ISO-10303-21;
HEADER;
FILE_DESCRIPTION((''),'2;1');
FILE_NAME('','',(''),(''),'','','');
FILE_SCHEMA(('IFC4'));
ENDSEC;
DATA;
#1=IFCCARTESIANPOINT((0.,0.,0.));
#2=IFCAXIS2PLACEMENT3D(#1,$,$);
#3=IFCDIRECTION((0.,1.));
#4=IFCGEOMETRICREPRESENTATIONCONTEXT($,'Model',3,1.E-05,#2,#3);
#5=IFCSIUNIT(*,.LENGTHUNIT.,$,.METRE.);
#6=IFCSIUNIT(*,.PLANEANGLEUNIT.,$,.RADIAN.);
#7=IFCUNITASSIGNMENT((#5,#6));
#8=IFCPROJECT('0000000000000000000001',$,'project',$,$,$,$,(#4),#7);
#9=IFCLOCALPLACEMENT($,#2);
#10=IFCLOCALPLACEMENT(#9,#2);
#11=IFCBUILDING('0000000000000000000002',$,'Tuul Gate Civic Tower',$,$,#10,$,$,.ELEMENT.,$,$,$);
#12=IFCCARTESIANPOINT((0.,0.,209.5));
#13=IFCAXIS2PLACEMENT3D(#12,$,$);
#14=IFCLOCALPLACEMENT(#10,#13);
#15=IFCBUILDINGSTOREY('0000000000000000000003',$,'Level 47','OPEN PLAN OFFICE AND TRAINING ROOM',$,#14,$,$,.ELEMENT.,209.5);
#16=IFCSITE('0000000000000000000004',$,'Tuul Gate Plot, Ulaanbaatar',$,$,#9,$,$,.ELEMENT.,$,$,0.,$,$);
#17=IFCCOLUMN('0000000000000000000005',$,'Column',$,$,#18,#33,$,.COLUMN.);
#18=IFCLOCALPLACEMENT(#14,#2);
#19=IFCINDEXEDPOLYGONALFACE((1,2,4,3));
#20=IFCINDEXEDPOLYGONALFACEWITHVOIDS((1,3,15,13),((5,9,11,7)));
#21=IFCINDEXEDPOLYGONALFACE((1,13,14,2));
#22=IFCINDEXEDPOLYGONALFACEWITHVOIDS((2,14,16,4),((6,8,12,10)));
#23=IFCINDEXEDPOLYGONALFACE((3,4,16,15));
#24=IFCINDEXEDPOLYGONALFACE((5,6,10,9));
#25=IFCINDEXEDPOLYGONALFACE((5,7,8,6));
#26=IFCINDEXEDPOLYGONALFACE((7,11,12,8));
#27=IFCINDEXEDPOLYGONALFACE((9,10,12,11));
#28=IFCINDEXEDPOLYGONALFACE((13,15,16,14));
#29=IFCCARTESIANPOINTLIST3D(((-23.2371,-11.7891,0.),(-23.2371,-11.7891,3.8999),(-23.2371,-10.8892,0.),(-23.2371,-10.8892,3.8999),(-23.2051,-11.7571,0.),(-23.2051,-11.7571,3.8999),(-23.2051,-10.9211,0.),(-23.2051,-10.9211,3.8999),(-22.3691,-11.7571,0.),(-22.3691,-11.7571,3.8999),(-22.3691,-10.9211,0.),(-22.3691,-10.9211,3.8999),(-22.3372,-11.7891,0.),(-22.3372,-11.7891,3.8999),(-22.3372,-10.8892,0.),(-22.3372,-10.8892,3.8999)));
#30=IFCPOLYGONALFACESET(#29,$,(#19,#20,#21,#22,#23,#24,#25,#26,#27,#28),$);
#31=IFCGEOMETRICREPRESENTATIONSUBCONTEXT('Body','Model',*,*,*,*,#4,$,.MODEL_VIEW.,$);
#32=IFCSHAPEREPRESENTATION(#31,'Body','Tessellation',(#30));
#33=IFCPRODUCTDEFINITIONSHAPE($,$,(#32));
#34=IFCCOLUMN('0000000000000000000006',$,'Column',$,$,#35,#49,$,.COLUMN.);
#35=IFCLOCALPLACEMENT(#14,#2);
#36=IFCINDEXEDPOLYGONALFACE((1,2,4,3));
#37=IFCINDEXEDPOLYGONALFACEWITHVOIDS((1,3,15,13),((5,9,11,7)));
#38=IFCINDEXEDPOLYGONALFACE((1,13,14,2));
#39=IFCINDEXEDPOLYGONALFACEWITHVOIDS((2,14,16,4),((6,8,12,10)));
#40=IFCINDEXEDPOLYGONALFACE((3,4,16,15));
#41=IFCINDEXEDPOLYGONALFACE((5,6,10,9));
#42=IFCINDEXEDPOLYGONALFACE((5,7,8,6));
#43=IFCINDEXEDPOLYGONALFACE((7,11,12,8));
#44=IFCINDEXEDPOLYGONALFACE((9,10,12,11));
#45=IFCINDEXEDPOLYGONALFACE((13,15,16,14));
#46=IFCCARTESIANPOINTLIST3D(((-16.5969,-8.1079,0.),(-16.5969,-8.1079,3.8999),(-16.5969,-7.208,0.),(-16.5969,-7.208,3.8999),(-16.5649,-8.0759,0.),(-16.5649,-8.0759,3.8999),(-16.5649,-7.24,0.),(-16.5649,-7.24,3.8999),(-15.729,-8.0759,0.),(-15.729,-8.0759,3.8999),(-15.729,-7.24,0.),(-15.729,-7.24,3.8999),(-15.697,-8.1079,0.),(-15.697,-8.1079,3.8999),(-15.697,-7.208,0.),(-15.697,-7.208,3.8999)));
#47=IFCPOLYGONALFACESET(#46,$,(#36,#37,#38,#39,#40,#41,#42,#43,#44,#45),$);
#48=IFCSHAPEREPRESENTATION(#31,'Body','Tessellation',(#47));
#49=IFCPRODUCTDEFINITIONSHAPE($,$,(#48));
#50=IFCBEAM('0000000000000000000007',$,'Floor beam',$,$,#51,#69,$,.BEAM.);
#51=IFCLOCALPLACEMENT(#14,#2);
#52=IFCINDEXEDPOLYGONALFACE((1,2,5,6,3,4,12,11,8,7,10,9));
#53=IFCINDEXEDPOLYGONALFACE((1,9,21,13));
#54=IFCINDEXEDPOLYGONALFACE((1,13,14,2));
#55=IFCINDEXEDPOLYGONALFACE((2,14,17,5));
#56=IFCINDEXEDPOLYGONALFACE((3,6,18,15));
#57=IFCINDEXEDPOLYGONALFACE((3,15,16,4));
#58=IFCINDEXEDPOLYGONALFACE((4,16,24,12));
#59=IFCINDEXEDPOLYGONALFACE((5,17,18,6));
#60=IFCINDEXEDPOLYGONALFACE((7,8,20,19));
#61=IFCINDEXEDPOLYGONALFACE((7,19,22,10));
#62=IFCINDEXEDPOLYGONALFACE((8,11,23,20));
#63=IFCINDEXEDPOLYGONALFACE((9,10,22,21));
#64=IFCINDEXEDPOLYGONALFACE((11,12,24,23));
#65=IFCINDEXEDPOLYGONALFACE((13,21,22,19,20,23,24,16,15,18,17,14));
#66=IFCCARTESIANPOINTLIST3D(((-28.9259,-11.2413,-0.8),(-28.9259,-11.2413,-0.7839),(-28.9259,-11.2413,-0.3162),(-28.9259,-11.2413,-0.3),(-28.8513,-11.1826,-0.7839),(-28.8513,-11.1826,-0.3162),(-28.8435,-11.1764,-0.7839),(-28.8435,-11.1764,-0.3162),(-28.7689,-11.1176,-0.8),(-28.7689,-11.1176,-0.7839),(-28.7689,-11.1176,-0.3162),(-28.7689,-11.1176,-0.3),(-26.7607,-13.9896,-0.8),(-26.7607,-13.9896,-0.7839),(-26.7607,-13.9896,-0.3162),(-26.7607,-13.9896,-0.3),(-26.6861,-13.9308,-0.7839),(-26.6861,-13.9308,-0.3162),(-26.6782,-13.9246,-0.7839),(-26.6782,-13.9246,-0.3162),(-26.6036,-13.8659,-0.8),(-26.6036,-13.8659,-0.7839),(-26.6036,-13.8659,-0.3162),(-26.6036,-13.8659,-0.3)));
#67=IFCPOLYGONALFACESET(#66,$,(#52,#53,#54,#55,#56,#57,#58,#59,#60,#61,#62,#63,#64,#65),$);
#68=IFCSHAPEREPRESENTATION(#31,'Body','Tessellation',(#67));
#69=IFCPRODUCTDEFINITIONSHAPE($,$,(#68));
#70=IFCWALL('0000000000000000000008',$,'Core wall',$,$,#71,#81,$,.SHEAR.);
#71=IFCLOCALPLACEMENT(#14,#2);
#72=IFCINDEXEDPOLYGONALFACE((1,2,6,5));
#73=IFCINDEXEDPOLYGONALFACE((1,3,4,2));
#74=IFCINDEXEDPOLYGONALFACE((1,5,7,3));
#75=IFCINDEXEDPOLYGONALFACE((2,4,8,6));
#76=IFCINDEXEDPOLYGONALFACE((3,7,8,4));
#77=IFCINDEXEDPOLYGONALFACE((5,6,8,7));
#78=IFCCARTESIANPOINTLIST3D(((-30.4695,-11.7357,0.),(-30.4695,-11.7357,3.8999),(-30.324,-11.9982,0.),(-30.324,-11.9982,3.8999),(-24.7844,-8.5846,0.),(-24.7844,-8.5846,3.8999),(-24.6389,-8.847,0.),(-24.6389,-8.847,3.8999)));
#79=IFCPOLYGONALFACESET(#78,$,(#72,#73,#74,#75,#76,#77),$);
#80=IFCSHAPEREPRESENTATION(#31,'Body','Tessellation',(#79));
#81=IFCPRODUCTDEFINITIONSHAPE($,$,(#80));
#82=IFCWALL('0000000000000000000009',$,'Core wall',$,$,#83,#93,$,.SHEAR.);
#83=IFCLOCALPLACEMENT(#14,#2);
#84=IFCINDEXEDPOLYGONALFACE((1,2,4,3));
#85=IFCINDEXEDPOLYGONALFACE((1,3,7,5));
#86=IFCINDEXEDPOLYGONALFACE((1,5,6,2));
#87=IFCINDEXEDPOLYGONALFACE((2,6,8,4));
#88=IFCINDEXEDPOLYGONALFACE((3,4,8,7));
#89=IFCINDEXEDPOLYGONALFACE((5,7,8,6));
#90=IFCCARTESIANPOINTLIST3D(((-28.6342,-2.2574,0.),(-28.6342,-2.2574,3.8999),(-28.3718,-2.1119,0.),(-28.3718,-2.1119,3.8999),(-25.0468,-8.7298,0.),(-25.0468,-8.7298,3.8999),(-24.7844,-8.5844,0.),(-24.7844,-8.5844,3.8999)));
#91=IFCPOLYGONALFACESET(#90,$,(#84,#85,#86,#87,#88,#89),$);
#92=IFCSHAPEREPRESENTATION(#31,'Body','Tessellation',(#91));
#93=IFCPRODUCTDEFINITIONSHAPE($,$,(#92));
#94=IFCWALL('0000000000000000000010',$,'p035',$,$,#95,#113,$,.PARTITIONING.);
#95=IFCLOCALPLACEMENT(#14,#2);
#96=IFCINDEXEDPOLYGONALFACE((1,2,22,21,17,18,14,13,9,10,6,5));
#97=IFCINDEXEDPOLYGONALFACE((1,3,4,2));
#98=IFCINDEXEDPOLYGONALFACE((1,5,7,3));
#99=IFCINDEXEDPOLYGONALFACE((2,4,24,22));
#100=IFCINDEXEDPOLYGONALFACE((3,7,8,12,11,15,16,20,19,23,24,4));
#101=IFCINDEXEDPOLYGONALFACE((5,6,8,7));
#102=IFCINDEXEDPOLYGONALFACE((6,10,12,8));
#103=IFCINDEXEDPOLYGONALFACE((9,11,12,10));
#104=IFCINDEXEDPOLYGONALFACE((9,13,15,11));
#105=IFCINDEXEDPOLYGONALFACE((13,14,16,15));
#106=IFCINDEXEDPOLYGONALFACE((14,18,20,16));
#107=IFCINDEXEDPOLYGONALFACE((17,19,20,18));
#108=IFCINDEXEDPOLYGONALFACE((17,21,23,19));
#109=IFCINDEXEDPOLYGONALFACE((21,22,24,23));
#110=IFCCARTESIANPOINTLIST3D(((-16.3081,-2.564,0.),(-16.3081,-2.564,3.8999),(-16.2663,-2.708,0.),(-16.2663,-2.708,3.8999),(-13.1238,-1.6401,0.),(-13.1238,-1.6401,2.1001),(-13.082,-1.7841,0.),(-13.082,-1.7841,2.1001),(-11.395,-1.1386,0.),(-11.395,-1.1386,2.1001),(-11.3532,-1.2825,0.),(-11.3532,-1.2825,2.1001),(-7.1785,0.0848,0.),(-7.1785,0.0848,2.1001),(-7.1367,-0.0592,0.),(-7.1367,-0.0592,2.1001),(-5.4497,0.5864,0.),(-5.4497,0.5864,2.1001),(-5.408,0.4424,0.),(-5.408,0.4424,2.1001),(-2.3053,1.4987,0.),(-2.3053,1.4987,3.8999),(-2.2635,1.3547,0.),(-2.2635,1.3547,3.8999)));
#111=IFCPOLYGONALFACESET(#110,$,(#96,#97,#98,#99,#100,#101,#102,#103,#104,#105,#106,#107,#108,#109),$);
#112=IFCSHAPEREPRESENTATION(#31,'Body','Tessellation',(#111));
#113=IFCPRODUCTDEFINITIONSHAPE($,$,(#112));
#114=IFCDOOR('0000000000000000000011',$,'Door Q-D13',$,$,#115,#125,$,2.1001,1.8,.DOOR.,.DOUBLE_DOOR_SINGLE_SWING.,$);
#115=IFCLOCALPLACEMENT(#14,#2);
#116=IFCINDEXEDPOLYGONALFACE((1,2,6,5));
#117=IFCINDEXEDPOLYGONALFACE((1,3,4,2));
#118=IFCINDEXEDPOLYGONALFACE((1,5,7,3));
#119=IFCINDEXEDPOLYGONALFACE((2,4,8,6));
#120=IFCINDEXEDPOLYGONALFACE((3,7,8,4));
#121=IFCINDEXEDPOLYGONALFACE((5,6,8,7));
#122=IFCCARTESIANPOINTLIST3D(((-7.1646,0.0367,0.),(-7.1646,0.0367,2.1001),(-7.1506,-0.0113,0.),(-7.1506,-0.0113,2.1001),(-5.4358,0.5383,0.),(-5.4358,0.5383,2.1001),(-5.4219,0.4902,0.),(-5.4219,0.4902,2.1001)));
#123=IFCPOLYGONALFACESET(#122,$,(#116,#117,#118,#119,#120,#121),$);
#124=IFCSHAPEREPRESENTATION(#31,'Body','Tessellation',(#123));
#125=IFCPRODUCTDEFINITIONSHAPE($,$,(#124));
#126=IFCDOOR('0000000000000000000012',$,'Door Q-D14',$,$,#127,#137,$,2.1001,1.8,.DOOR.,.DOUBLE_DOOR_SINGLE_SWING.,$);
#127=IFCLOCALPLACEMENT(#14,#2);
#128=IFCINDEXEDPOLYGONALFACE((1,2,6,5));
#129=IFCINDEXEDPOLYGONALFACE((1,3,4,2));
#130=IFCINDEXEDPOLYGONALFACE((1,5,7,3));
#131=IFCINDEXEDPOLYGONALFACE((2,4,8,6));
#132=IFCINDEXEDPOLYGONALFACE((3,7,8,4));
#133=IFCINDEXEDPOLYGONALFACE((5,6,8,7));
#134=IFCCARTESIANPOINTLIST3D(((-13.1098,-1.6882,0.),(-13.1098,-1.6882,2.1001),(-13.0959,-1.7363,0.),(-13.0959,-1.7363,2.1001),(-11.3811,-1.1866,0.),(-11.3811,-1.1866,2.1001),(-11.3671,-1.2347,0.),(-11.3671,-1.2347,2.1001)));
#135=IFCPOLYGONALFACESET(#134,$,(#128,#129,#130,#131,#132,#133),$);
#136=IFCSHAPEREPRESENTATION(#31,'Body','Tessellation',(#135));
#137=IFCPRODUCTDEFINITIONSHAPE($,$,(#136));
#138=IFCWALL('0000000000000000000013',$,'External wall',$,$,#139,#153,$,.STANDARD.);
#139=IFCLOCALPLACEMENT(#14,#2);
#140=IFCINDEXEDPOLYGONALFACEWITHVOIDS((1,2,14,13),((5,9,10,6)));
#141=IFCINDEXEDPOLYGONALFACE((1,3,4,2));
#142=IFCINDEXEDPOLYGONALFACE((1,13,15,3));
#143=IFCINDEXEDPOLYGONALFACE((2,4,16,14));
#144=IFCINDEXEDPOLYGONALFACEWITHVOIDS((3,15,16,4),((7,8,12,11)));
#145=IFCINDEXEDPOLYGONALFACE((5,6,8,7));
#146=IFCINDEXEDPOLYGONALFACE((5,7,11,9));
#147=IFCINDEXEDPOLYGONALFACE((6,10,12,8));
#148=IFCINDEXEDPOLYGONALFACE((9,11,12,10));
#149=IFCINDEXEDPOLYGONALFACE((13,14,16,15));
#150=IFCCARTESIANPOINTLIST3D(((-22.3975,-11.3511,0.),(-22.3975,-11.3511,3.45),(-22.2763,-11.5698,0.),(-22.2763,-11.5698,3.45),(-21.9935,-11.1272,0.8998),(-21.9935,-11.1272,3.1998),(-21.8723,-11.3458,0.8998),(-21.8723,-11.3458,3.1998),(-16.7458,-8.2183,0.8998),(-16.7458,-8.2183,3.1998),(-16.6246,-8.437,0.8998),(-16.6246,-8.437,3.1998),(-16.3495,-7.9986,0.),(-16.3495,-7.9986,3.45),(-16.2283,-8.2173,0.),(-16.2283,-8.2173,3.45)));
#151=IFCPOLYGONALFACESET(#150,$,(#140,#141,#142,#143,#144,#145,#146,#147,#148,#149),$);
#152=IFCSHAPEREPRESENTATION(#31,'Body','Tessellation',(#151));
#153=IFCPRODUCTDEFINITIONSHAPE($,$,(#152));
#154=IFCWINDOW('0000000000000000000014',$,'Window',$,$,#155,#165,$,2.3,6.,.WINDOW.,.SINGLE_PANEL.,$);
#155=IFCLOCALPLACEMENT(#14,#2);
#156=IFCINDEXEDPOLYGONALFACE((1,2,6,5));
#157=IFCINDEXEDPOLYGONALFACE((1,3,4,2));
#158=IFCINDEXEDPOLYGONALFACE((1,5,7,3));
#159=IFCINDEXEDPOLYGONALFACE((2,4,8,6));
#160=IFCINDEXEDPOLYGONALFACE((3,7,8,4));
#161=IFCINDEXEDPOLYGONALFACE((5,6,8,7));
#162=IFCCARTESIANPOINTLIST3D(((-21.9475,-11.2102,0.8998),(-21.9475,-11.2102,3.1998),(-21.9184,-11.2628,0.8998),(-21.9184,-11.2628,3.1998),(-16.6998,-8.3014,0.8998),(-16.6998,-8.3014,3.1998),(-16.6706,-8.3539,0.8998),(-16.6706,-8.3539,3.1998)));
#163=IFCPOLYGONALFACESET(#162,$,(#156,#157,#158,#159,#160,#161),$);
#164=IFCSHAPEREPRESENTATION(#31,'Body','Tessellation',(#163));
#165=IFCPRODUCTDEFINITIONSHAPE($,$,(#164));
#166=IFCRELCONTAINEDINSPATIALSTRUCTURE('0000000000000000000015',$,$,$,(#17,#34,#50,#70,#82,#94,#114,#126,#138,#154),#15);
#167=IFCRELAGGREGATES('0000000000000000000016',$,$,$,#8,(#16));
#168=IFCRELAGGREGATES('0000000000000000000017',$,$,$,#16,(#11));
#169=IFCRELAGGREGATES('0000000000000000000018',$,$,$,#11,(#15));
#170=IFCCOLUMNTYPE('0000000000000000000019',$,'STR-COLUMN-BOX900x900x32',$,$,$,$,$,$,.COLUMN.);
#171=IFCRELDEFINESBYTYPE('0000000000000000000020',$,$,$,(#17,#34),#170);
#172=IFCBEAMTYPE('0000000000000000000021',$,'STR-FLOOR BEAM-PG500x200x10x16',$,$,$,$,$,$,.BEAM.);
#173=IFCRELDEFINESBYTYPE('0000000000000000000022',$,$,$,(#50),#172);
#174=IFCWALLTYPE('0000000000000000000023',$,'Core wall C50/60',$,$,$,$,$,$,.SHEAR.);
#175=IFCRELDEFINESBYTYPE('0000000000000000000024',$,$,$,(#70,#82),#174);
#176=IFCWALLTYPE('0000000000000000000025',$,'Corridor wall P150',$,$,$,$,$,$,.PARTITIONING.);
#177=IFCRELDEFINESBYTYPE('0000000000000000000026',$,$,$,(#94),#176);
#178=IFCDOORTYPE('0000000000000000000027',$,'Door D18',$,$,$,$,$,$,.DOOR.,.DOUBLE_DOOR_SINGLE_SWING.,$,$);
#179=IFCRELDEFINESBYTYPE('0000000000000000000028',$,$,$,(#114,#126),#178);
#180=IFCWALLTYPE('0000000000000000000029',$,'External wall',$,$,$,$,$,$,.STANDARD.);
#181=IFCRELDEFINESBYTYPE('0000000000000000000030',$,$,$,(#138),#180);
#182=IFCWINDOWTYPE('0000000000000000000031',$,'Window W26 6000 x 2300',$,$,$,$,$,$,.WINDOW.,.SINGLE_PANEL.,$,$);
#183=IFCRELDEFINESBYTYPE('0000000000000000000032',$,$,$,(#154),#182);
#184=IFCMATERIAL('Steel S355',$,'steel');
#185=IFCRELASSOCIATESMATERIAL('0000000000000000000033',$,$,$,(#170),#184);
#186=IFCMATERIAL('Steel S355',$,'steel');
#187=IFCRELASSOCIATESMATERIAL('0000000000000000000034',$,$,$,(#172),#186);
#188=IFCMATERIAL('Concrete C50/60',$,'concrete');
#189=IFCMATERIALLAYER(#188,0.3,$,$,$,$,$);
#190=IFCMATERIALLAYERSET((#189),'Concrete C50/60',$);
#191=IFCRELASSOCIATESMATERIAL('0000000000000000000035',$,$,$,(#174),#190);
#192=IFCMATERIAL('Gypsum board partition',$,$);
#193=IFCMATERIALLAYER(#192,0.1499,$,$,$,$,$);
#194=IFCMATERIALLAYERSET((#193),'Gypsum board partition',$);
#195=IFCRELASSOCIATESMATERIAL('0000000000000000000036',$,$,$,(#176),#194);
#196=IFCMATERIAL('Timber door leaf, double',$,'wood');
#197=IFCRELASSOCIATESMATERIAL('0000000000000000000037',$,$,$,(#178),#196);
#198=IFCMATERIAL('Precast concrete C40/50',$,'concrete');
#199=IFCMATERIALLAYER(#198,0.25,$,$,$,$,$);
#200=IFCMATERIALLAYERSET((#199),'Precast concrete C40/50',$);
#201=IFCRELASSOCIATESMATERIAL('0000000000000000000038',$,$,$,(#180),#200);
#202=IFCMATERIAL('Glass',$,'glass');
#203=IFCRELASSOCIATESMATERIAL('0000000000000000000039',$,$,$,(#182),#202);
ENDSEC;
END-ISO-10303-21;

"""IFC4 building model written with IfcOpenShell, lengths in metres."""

from ifc_helpers import new_model, si_unit, direction, frame, frame_2d, origin, origin_2d, place, context, subcontext, project, spatial, rectangle, hollow_rectangle, i_section, extrude, material, layer, layer_set, material_profile, profile_set, type_object, element, fill, save


model = new_model("IFC4")

# Units and contexts
model_context = context("Model", 3, precision=1e-05, world=origin(), true_north=direction((0.0, 1.0)))
body_context = subcontext(model_context, "Body", "Model", "MODEL_VIEW")
ifc_project = project(units=[si_unit("LENGTHUNIT", "METRE"), si_unit("PLANEANGLEUNIT", "RADIAN")], contexts=[model_context])

# Site, building, storey
site_placement = place(None, origin())
site = spatial("IfcSite", under=ifc_project, at=site_placement, Name="Tuul Gate Plot, Ulaanbaatar", CompositionType="ELEMENT", RefElevation=0.0)
building_placement = place(site_placement, origin())
building = spatial("IfcBuilding", under=site, at=building_placement, Name="Tuul Gate Civic Tower", CompositionType="ELEMENT")
storey_placement = place(building_placement, frame((0.0, 0.0, 209.5)))
storey = spatial("IfcBuildingStorey", under=building, at=storey_placement, Name="Level 47", Description="OPEN PLAN OFFICE AND TRAINING ROOM", CompositionType="ELEMENT", Elevation=209.5)

# Columns
ifc_material_1 = material(Name="Steel S355", Category="steel")
ifc_material_profile_1 = material_profile(ifc_material_1, hollow_rectangle(XDim=0.8999, YDim=0.8999, WallThickness=0.032, at=origin_2d()), Name="BOX900x900x32")
ifc_profile_set_1 = profile_set([ifc_material_profile_1], Name="Steel S355")
column_type = type_object("IfcColumnType", Name="STR-COLUMN-BOX900x900x32", PredefinedType="COLUMN", material=ifc_profile_set_1)
for number, where, z_axis, x_axis, name in (
    (1, (-22.7871, -11.3391, 0.0), (0.0, 0.0, 1.0), (1.0, 0.0, 0.0), "Column"),
    (2, (-16.147, -7.658, 0.0), (0.0, 0.0, 1.0), (1.0, 0.0, 0.0), "Column"),
):
    element("IfcColumn", number, at=place(storey_placement, frame(where, z_axis=z_axis, x_axis=x_axis)), inside=storey, type_object=column_type, Name=name, PredefinedType="COLUMN", context=body_context, shape_type="SweptSolid", body=[
        extrude(hollow_rectangle(XDim=0.8999, YDim=0.8999, WallThickness=0.032, at=origin_2d()), origin(), (0.0, 0.0, 1.0), 3.8999),
    ])

# Beam
ifc_material_2 = material(Name="Steel S355", Category="steel")
ifc_material_profile_2 = material_profile(ifc_material_2, i_section(OverallWidth=0.2, OverallDepth=0.5, WebThickness=0.01, FlangeThickness=0.0161, at=origin_2d()), Name="PG500x200x10x16")
ifc_profile_set_2 = profile_set([ifc_material_profile_2], Name="Steel S355")
beam_type = type_object("IfcBeamType", Name="STR-FLOOR BEAM-PG500x200x10x16", PredefinedType="BEAM", material=ifc_profile_set_2)
beam_placement = place(storey_placement, frame((-26.6821, -13.9277, -0.55), z_axis=(-0.618866, 0.785497, 0.0), x_axis=(-0.785497, -0.618866, 0.0)))
element("IfcBeam", 3, at=beam_placement, inside=storey, type_object=beam_type, Name="Floor beam", PredefinedType="BEAM", context=body_context, shape_type="SweptSolid", body=[
    extrude(i_section(OverallWidth=0.2, OverallDepth=0.5, WebThickness=0.01, FlangeThickness=0.0161, at=origin_2d()), origin(), (0.0, 0.0, 1.0), 3.4988),
])

# Walls
ifc_material_3 = material(Name="Concrete C50/60", Category="concrete")
ifc_layer_1 = layer(ifc_material_3, 0.3)
ifc_layer_set_1 = layer_set([ifc_layer_1], Name="Concrete C50/60")
wall_type_1 = type_object("IfcWallType", Name="Core wall C50/60", PredefinedType="SHEAR", material=ifc_layer_set_1)
wall_1_placement = place(storey_placement, frame((-24.7117, -8.7158, 0.0), z_axis=(0.0, 0.0, 1.0), x_axis=(-0.87463, -0.484791, 0.0)))
element("IfcWall", 4, at=wall_1_placement, inside=storey, type_object=wall_type_1, Name="Core wall", PredefinedType="SHEAR", context=body_context, shape_type="SweptSolid", body=[
    extrude(rectangle(XDim=6.5, YDim=0.3, at=frame_2d((3.25, 0.0))), origin(), (0.0, 0.0, 1.0), 3.8999),
])
wall_2_placement = place(storey_placement, frame((-24.9155, -8.6572, 0.0), z_axis=(0.0, 0.0, 1.0), x_axis=(-0.484777, 0.874638, 0.0)))
element("IfcWall", 5, at=wall_2_placement, inside=storey, type_object=wall_type_1, Name="Core wall", PredefinedType="SHEAR", context=body_context, shape_type="SweptSolid", body=[
    extrude(rectangle(XDim=7.4001, YDim=0.3, at=frame_2d((3.7002, 0.0))), origin(), (0.0, 0.0, 1.0), 3.8999),
])

# Wall, openings, doors
ifc_material_4 = material(Name="Gypsum board partition")
ifc_layer_2 = layer(ifc_material_4, 0.1499)
ifc_layer_set_2 = layer_set([ifc_layer_2], Name="Gypsum board partition")
wall_type_2 = type_object("IfcWallType", Name="Corridor wall P150", PredefinedType="PARTITIONING", material=ifc_layer_set_2)
wall_3_placement = place(storey_placement, frame((-16.2871, -2.636, 0.0), z_axis=(0.0, 0.0, 1.0), x_axis=(0.960394, 0.278644, 0.0)))
wall_3 = element("IfcWall", 6, at=wall_3_placement, inside=storey, type_object=wall_type_2, Name="p035", PredefinedType="PARTITIONING", context=body_context, shape_type="SweptSolid", body=[
    extrude(rectangle(XDim=14.5803, YDim=0.1499, at=frame_2d((7.29, 0.0))), origin(), (0.0, 0.0, 1.0), 3.8999),
])
opening_1_placement = place(wall_3_placement, frame((9.5061, 0.0, 0.0)))
opening_1 = element("IfcOpeningElement", 7, at=opening_1_placement, cuts=wall_3, PredefinedType="OPENING", context=body_context, shape_type="SweptSolid", body=[
    extrude(rectangle(XDim=1.8, YDim=2.1001, at=frame_2d((0.8999, 1.05))), frame((0.0, 0.085, 0.0), z_axis=(0.0, -1.0, 0.0), x_axis=(1.0, 0.0, 0.0)), (0.0, 0.0, 1.0), 0.1699),
])
opening_2_placement = place(wall_3_placement, frame((3.3157, 0.0, 0.0)))
opening_2 = element("IfcOpeningElement", 8, at=opening_2_placement, cuts=wall_3, PredefinedType="OPENING", context=body_context, shape_type="SweptSolid", body=[
    extrude(rectangle(XDim=1.8, YDim=2.1001, at=frame_2d((0.8999, 1.05))), frame((0.0, 0.085, 0.0), z_axis=(0.0, -1.0, 0.0), x_axis=(1.0, 0.0, 0.0)), (0.0, 0.0, 1.0), 0.1699),
])
ifc_material_5 = material(Name="Timber door leaf, double", Category="wood")
door_type_1 = type_object("IfcDoorType", Name="Door D18", OperationType="DOUBLE_DOOR_SINGLE_SWING", PredefinedType="DOOR", material=ifc_material_5)
door_1_placement = place(opening_1_placement, origin())
door_1 = element("IfcDoor", 9, at=door_1_placement, inside=storey, type_object=door_type_1, Name="Door Q-D13", OperationType="DOUBLE_DOOR_SINGLE_SWING", OverallHeight=2.1001, OverallWidth=1.8, PredefinedType="DOOR", context=body_context, shape_type="SweptSolid", body=[
    extrude(rectangle(XDim=1.8, YDim=2.1001, at=frame_2d((0.8999, 1.05))), frame((0.0, 0.0249, 0.0), z_axis=(0.0, -1.0, 0.0), x_axis=(1.0, 0.0, 0.0)), (0.0, 0.0, 1.0), 0.05),
])
fill(opening_1, door_1)
door_2_placement = place(opening_2_placement, origin())
door_2 = element("IfcDoor", 10, at=door_2_placement, inside=storey, type_object=door_type_1, Name="Door Q-D14", OperationType="DOUBLE_DOOR_SINGLE_SWING", OverallHeight=2.1001, OverallWidth=1.8, PredefinedType="DOOR", context=body_context, shape_type="SweptSolid", body=[
    extrude(rectangle(XDim=1.8, YDim=2.1001, at=frame_2d((0.8999, 1.05))), frame((0.0, 0.0249, 0.0), z_axis=(0.0, -1.0, 0.0), x_axis=(1.0, 0.0, 0.0)), (0.0, 0.0, 1.0), 0.05),
])
fill(opening_2, door_2)

# Wall, opening, window
ifc_material_6 = material(Name="Precast concrete C40/50", Category="concrete")
ifc_layer_3 = layer(ifc_material_6, 0.25)
ifc_layer_set_3 = layer_set([ifc_layer_3], Name="Precast concrete C40/50")
wall_type_3 = type_object("IfcWallType", Name="External wall", PredefinedType="STANDARD", material=ifc_layer_set_3)
wall_4_placement = place(storey_placement, frame((-22.3369, -11.4604, 0.0), z_axis=(0.0, 0.0, 1.0), x_axis=(0.874618, 0.484812, 0.0)))
wall_4 = element("IfcWall", 11, at=wall_4_placement, inside=storey, type_object=wall_type_3, Name="External wall", PredefinedType="STANDARD", context=body_context, shape_type="SweptSolid", body=[
    extrude(rectangle(XDim=6.915, YDim=0.25, at=frame_2d((3.4575, 0.0))), origin(), (0.0, 0.0, 1.0), 3.45),
])
opening_3_placement = place(wall_4_placement, frame((0.4619, 0.0, 0.8999)))
opening_3 = element("IfcOpeningElement", 12, at=opening_3_placement, cuts=wall_4, PredefinedType="OPENING", context=body_context, shape_type="SweptSolid", body=[
    extrude(rectangle(XDim=6.0, YDim=2.3, at=frame_2d((3.0, 1.1499))), frame((0.0, 0.135, 0.0), z_axis=(0.0, -1.0, 0.0), x_axis=(1.0, 0.0, 0.0)), (0.0, 0.0, 1.0), 0.27),
])
ifc_material_7 = material(Name="Glass", Category="glass")
window_type = type_object("IfcWindowType", Name="Window W26 6000 x 2300", PartitioningType="SINGLE_PANEL", PredefinedType="WINDOW", material=ifc_material_7)
window_placement = place(opening_3_placement, origin())
window = element("IfcWindow", 13, at=window_placement, inside=storey, type_object=window_type, Name="Window", OverallHeight=2.3, OverallWidth=6.0, PartitioningType="SINGLE_PANEL", PredefinedType="WINDOW", context=body_context, shape_type="SweptSolid", body=[
    extrude(rectangle(XDim=6.0, YDim=2.3, at=frame_2d((3.0, 1.1499))), frame((0.0, 0.03, 0.0), z_axis=(0.0, -1.0, 0.0), x_axis=(1.0, 0.0, 0.0)), (0.0, 0.0, 1.0), 0.0601),
])
fill(opening_3, window)

save(model, "model.ifc")
